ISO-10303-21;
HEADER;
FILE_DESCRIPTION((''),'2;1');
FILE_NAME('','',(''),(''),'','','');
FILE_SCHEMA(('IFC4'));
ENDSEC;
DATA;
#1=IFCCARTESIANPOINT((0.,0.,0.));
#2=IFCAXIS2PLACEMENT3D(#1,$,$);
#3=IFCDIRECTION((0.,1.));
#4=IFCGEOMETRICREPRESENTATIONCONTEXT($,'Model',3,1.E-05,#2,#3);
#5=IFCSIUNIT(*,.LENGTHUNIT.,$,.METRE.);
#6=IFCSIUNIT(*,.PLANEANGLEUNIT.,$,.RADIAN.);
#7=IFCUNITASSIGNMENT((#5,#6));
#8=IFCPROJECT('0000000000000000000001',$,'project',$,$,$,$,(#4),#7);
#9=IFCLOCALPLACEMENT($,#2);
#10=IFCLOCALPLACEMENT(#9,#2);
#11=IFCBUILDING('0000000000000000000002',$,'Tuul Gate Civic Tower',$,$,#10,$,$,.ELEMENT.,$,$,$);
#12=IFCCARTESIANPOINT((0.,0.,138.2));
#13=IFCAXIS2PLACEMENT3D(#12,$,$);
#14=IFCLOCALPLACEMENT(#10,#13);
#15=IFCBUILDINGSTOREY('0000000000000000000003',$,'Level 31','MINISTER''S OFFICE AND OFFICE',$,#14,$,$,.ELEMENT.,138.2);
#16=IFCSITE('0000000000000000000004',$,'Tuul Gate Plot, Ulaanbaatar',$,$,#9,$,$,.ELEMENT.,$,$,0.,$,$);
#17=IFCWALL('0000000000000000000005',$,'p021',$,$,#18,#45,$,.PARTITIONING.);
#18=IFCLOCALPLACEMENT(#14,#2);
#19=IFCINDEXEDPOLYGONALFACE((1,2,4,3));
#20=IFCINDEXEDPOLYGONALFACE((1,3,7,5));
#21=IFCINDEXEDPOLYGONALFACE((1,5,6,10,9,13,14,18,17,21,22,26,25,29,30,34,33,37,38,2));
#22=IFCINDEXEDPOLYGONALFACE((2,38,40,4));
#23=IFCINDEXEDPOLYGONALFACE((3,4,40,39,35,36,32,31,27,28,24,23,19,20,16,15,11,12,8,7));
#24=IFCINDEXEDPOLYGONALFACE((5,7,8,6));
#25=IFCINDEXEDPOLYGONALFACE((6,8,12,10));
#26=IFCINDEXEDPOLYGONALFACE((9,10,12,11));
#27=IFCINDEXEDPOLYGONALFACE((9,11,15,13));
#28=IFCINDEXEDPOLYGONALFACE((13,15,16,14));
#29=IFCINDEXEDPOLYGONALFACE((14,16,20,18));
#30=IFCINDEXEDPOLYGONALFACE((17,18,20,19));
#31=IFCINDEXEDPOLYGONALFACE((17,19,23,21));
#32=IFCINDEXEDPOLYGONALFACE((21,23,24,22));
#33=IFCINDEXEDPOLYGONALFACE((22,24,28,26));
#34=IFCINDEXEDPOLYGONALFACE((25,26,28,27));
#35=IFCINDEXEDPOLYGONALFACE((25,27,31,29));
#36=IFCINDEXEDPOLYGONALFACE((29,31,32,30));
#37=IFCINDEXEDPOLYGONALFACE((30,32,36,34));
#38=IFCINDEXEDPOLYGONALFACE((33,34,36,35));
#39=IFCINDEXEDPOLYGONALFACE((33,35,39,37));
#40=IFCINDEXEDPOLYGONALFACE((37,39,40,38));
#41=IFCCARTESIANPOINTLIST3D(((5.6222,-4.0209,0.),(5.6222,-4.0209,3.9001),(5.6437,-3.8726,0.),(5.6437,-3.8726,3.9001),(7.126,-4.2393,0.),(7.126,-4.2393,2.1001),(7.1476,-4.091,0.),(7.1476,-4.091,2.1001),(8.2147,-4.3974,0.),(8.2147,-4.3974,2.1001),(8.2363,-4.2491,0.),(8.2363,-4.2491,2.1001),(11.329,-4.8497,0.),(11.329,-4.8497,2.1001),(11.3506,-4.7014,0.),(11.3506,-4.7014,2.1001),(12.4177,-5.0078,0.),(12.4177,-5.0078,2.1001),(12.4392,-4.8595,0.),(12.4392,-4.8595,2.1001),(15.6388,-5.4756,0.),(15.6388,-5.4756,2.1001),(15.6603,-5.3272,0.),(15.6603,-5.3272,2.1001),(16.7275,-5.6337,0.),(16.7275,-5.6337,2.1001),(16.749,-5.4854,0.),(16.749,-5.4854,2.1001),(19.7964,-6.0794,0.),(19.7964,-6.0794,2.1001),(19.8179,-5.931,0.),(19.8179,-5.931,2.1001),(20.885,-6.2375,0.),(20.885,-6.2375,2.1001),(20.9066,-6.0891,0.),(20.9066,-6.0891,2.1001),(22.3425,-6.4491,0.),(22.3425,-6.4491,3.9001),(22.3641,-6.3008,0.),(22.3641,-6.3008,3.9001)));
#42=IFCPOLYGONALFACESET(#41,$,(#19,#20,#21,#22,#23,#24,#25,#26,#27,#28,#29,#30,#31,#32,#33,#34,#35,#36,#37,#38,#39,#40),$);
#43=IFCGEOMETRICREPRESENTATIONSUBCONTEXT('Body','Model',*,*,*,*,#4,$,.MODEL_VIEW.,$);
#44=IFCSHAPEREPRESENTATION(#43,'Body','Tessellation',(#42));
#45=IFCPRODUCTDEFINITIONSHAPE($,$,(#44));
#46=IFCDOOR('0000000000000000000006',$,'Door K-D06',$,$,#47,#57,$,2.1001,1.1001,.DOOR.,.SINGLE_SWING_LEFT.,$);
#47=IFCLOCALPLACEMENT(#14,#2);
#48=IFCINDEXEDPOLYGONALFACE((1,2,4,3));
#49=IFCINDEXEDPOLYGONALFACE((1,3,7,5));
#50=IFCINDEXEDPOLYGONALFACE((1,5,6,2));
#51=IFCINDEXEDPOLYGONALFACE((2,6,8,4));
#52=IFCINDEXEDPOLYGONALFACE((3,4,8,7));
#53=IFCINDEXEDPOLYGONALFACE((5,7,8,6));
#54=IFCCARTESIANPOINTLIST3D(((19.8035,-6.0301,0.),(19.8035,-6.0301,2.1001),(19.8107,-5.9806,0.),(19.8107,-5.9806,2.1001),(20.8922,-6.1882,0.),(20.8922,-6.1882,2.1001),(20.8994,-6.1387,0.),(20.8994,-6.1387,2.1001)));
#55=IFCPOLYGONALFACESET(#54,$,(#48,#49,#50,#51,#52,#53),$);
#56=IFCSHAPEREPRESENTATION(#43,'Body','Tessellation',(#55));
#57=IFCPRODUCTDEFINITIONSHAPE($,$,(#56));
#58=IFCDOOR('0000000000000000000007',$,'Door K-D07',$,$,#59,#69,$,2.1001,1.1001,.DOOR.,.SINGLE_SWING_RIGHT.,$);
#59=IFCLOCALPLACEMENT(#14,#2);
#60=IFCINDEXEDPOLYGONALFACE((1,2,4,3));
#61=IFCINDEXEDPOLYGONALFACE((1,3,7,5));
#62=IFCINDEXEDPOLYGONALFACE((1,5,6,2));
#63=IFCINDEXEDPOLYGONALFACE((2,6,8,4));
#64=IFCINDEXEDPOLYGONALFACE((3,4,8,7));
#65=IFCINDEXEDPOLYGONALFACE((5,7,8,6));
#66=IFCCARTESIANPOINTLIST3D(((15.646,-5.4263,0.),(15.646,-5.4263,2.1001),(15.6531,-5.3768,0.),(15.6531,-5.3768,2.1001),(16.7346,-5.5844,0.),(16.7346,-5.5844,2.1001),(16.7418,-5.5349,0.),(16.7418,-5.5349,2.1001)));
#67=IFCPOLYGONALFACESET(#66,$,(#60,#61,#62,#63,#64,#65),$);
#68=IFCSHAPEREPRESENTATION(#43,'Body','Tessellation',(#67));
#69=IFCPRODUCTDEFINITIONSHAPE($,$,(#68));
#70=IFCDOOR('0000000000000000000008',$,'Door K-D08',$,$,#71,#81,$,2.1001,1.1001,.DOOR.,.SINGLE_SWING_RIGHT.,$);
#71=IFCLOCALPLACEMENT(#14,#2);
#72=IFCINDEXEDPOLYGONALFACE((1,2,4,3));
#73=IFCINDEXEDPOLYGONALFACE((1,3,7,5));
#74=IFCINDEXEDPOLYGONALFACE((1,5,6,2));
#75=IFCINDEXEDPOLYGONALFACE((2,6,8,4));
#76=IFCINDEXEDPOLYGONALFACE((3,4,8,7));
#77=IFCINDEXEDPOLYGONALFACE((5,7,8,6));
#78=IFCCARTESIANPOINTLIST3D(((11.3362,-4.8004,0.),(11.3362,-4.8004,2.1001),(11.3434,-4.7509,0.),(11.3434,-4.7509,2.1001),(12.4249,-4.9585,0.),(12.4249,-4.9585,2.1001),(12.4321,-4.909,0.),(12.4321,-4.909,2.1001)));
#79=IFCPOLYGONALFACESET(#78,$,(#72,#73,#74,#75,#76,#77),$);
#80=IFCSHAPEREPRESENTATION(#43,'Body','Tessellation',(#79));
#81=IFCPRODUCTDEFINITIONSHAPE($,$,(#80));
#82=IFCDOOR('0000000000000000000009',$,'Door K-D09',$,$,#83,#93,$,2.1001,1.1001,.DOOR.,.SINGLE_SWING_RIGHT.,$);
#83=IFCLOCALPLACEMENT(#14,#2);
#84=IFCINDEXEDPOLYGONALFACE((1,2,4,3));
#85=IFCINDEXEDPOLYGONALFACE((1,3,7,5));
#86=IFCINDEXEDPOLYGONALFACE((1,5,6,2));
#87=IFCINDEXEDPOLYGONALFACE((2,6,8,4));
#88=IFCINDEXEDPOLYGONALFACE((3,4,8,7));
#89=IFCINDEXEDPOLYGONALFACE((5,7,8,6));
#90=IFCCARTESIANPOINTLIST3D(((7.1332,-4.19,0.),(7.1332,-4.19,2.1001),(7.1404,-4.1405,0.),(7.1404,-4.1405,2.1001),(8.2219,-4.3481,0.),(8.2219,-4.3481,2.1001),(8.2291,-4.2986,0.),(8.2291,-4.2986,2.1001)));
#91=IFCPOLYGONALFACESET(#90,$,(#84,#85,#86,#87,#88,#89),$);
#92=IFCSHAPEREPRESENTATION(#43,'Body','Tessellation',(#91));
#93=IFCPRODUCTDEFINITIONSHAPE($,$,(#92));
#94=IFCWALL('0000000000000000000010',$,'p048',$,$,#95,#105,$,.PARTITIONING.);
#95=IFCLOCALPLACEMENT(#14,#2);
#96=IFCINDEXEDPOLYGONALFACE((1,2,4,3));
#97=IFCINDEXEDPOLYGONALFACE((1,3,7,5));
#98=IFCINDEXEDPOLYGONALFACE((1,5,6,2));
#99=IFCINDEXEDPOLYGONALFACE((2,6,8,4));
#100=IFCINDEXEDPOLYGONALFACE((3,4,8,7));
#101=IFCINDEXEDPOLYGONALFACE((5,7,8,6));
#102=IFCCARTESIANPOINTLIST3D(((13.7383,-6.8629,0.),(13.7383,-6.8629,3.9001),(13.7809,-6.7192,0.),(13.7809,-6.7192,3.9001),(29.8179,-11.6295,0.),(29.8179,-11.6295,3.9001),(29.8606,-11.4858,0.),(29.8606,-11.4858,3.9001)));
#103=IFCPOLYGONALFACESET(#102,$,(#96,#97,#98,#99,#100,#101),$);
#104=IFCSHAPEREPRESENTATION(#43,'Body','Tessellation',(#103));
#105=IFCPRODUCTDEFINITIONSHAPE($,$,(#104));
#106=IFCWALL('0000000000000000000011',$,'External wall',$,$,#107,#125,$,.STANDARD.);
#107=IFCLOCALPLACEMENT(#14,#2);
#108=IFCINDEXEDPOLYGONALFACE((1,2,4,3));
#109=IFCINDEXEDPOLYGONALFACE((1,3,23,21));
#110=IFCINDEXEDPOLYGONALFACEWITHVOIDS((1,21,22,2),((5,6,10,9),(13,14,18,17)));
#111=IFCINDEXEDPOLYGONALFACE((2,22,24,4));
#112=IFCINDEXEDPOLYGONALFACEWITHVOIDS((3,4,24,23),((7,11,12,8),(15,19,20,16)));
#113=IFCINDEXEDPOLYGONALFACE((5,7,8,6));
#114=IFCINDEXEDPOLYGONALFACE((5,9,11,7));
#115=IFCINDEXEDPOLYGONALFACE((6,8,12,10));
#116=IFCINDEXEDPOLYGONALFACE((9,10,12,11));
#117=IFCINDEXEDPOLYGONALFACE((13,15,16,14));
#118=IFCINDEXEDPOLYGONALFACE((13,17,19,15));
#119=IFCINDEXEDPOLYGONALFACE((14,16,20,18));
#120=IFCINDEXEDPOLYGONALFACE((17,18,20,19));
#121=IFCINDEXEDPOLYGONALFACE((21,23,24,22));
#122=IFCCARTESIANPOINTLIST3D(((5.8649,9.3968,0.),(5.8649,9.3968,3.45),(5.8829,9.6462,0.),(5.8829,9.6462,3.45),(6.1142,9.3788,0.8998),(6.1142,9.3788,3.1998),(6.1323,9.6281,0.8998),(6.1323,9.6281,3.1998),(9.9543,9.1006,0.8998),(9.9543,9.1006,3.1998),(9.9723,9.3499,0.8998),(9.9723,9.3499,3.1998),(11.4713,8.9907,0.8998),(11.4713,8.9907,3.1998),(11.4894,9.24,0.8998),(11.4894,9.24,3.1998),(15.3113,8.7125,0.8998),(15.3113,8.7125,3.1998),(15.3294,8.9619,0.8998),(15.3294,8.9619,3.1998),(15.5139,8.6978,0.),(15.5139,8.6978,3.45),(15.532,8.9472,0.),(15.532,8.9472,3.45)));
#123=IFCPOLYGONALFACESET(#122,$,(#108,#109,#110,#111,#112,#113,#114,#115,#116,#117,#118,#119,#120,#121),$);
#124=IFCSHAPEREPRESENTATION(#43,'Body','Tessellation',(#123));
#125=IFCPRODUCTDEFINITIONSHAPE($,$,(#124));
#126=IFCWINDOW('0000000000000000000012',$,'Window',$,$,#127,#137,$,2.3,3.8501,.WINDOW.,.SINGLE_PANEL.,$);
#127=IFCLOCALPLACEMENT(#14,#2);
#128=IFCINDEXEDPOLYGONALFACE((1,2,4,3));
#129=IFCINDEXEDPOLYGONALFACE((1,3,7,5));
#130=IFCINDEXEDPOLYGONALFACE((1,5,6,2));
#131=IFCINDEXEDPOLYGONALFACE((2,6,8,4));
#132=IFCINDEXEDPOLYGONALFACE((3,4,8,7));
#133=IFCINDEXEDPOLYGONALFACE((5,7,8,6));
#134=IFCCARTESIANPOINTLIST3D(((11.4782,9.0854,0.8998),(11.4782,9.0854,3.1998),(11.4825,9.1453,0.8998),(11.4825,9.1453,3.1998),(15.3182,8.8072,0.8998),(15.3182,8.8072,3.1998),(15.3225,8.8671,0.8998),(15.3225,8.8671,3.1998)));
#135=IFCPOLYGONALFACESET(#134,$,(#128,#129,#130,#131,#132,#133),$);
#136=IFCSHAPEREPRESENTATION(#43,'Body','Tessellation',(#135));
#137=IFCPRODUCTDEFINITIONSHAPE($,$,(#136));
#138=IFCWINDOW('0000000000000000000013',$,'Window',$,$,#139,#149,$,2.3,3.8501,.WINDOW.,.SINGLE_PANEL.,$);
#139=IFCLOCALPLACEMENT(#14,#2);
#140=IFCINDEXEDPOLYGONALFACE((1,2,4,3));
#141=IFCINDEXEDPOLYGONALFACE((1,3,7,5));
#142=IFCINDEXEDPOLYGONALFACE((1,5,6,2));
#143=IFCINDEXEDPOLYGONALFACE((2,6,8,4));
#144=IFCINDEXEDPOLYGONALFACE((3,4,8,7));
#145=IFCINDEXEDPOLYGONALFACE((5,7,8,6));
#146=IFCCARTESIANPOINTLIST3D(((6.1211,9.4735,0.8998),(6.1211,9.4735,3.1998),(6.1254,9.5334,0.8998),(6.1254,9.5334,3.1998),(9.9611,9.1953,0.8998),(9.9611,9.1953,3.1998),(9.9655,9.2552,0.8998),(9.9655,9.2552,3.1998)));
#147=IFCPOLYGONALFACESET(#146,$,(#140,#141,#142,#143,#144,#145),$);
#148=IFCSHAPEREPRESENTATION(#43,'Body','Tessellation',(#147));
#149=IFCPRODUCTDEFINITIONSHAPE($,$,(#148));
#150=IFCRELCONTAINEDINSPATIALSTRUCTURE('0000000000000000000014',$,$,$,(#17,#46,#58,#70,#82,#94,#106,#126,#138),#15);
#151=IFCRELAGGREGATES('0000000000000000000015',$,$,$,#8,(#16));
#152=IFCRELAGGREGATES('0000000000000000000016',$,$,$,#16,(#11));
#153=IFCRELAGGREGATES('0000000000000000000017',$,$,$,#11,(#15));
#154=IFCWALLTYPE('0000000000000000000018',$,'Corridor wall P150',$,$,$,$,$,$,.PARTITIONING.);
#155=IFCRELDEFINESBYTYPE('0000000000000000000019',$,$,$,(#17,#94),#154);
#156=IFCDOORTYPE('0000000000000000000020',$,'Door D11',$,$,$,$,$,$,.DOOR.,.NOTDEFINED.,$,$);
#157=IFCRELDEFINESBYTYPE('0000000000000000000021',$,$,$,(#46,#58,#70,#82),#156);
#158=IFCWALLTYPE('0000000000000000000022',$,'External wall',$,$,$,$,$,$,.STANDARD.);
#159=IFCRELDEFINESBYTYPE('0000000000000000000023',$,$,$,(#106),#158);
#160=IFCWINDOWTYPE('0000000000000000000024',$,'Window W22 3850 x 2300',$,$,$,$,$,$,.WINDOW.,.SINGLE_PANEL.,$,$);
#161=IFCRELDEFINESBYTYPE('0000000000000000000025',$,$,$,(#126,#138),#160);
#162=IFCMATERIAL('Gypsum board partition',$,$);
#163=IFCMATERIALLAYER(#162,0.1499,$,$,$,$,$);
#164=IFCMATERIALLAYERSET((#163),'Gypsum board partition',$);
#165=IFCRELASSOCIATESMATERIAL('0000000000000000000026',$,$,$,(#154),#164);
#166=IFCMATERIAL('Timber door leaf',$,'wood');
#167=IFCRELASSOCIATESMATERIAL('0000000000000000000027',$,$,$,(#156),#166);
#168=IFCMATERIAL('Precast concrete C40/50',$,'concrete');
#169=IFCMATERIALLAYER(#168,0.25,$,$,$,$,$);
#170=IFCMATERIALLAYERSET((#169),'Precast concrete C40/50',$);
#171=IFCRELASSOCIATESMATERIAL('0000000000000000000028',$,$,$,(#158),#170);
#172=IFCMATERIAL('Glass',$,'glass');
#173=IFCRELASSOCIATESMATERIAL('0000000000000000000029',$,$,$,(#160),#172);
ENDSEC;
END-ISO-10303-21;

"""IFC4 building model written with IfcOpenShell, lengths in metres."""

from ifc_helpers import new_model, si_unit, direction, frame, frame_2d, origin, place, context, subcontext, project, spatial, rectangle, extrude, material, layer, layer_set, type_object, element, fill, save


model = new_model("IFC4")

# Units and contexts
model_context = context("Model", 3, precision=1e-05, world=origin(), true_north=direction((0.0, 1.0)))
body_context = subcontext(model_context, "Body", "Model", "MODEL_VIEW")
ifc_project = project(units=[si_unit("LENGTHUNIT", "METRE"), si_unit("PLANEANGLEUNIT", "RADIAN")], contexts=[model_context])

# Site, building, storey
site_placement = place(None, origin())
site = spatial("IfcSite", under=ifc_project, at=site_placement, Name="Tuul Gate Plot, Ulaanbaatar", CompositionType="ELEMENT", RefElevation=0.0)
building_placement = place(site_placement, origin())
building = spatial("IfcBuilding", under=site, at=building_placement, Name="Tuul Gate Civic Tower", CompositionType="ELEMENT")
storey_placement = place(building_placement, frame((0.0, 0.0, 138.2)))
storey = spatial("IfcBuildingStorey", under=building, at=storey_placement, Name="Level 31", Description="MINISTER'S OFFICE AND OFFICE", CompositionType="ELEMENT", Elevation=138.2)

# Shared definitions
ifc_material_1 = material(Name="Gypsum board partition")
ifc_layer_1 = layer(ifc_material_1, 0.1499)
ifc_layer_set_1 = layer_set([ifc_layer_1], Name="Gypsum board partition")
wall_type_1 = type_object("IfcWallType", Name="Corridor wall P150", PredefinedType="PARTITIONING", material=ifc_layer_set_1)

# Wall, openings, doors
wall_1_placement = place(storey_placement, frame((5.6331, -3.9468, 0.0), z_axis=(0.0, 0.0, 1.0), x_axis=(0.989619, -0.143717, 0.0)))
wall_1 = element("IfcWall", 1, at=wall_1_placement, inside=storey, type_object=wall_type_1, Name="p021", PredefinedType="PARTITIONING", context=body_context, shape_type="SweptSolid", body=[
    extrude(rectangle(XDim=16.8958, YDim=0.1499, at=frame_2d((8.4478, 0.0))), origin(), (0.0, 0.0, 1.0), 3.9001),
])
opening_1_placement = place(wall_1_placement, frame((14.3228, 0.0, 0.0)))
opening_1 = element("IfcOpeningElement", 2, at=opening_1_placement, cuts=wall_1, PredefinedType="OPENING", context=body_context, shape_type="SweptSolid", body=[
    extrude(rectangle(XDim=1.1001, YDim=2.1001, at=frame_2d((0.55, 1.05))), frame((0.0, 0.085, 0.0), z_axis=(0.0, -1.0, 0.0), x_axis=(1.0, 0.0, 0.0)), (0.0, 0.0, 1.0), 0.1699),
])
opening_2_placement = place(wall_1_placement, frame((10.1216, 0.0, 0.0)))
opening_2 = element("IfcOpeningElement", 3, at=opening_2_placement, cuts=wall_1, PredefinedType="OPENING", context=body_context, shape_type="SweptSolid", body=[
    extrude(rectangle(XDim=1.1001, YDim=2.1001, at=frame_2d((0.55, 1.05))), frame((0.0, 0.085, 0.0), z_axis=(0.0, -1.0, 0.0), x_axis=(1.0, 0.0, 0.0)), (0.0, 0.0, 1.0), 0.1699),
])
opening_3_placement = place(wall_1_placement, frame((5.7666, 0.0, 0.0)))
opening_3 = element("IfcOpeningElement", 4, at=opening_3_placement, cuts=wall_1, PredefinedType="OPENING", context=body_context, shape_type="SweptSolid", body=[
    extrude(rectangle(XDim=1.1001, YDim=2.1001, at=frame_2d((0.55, 1.05))), frame((0.0, 0.085, 0.0), z_axis=(0.0, -1.0, 0.0), x_axis=(1.0, 0.0, 0.0)), (0.0, 0.0, 1.0), 0.1699),
])
opening_4_placement = place(wall_1_placement, frame((1.5195, 0.0, 0.0)))
opening_4 = element("IfcOpeningElement", 5, at=opening_4_placement, cuts=wall_1, PredefinedType="OPENING", context=body_context, shape_type="SweptSolid", body=[
    extrude(rectangle(XDim=1.1001, YDim=2.1001, at=frame_2d((0.55, 1.05))), frame((0.0, 0.085, 0.0), z_axis=(0.0, -1.0, 0.0), x_axis=(1.0, 0.0, 0.0)), (0.0, 0.0, 1.0), 0.1699),
])
ifc_material_2 = material(Name="Timber door leaf", Category="wood")
door_type = type_object("IfcDoorType", Name="Door D11", OperationType="NOTDEFINED", PredefinedType="DOOR", material=ifc_material_2)
door_1_placement = place(opening_1_placement, origin())
door_1 = element("IfcDoor", 6, at=door_1_placement, inside=storey, type_object=door_type, Name="Door K-D06", OperationType="SINGLE_SWING_LEFT", OverallHeight=2.1001, OverallWidth=1.1001, PredefinedType="DOOR", context=body_context, shape_type="SweptSolid", body=[
    extrude(rectangle(XDim=1.1001, YDim=2.1001, at=frame_2d((0.55, 1.05))), frame((0.0, 0.0249, 0.0), z_axis=(0.0, -1.0, 0.0), x_axis=(1.0, 0.0, 0.0)), (0.0, 0.0, 1.0), 0.05),
])
fill(opening_1, door_1)
door_2_placement = place(opening_2_placement, origin())
door_2 = element("IfcDoor", 7, at=door_2_placement, inside=storey, type_object=door_type, Name="Door K-D07", OperationType="SINGLE_SWING_RIGHT", OverallHeight=2.1001, OverallWidth=1.1001, PredefinedType="DOOR", context=body_context, shape_type="SweptSolid", body=[
    extrude(rectangle(XDim=1.1001, YDim=2.1001, at=frame_2d((0.55, 1.05))), frame((0.0, 0.0249, 0.0), z_axis=(0.0, -1.0, 0.0), x_axis=(1.0, 0.0, 0.0)), (0.0, 0.0, 1.0), 0.05),
])
fill(opening_2, door_2)
door_3_placement = place(opening_3_placement, origin())
door_3 = element("IfcDoor", 8, at=door_3_placement, inside=storey, type_object=door_type, Name="Door K-D08", OperationType="SINGLE_SWING_RIGHT", OverallHeight=2.1001, OverallWidth=1.1001, PredefinedType="DOOR", context=body_context, shape_type="SweptSolid", body=[
    extrude(rectangle(XDim=1.1001, YDim=2.1001, at=frame_2d((0.55, 1.05))), frame((0.0, 0.0249, 0.0), z_axis=(0.0, -1.0, 0.0), x_axis=(1.0, 0.0, 0.0)), (0.0, 0.0, 1.0), 0.05),
])
fill(opening_3, door_3)
door_4_placement = place(opening_4_placement, origin())
door_4 = element("IfcDoor", 9, at=door_4_placement, inside=storey, type_object=door_type, Name="Door K-D09", OperationType="SINGLE_SWING_RIGHT", OverallHeight=2.1001, OverallWidth=1.1001, PredefinedType="DOOR", context=body_context, shape_type="SweptSolid", body=[
    extrude(rectangle(XDim=1.1001, YDim=2.1001, at=frame_2d((0.55, 1.05))), frame((0.0, 0.0249, 0.0), z_axis=(0.0, -1.0, 0.0), x_axis=(1.0, 0.0, 0.0)), (0.0, 0.0, 1.0), 0.05),
])
fill(opening_4, door_4)

# Wall
wall_2_placement = place(storey_placement, frame((13.7595, -6.791, 0.0), z_axis=(0.0, 0.0, 1.0), x_axis=(0.958761, -0.284213, 0.0)))
element("IfcWall", 10, at=wall_2_placement, inside=storey, type_object=wall_type_1, Name="p048", PredefinedType="PARTITIONING", context=body_context, shape_type="SweptSolid", body=[
    extrude(rectangle(XDim=16.7712, YDim=0.1499, at=frame_2d((8.3857, 0.0))), origin(), (0.0, 0.0, 1.0), 3.9001),
])

# Wall, openings, windows
ifc_material_3 = material(Name="Precast concrete C40/50", Category="concrete")
ifc_layer_2 = layer(ifc_material_3, 0.25)
ifc_layer_set_2 = layer_set([ifc_layer_2], Name="Precast concrete C40/50")
wall_type_2 = type_object("IfcWallType", Name="External wall", PredefinedType="STANDARD", material=ifc_layer_set_2)
wall_3_placement = place(storey_placement, frame((15.5229, 8.8225, 0.0), z_axis=(0.0, 0.0, 1.0), x_axis=(-0.997386, 0.072251, 0.0)))
wall_3 = element("IfcWall", 11, at=wall_3_placement, inside=storey, type_object=wall_type_2, Name="External wall", PredefinedType="STANDARD", context=body_context, shape_type="SweptSolid", body=[
    extrude(rectangle(XDim=9.6743, YDim=0.25, at=frame_2d((4.8372, 0.0))), origin(), (0.0, 0.0, 1.0), 3.45),
])
opening_5_placement = place(wall_3_placement, frame((0.2031, 0.0, 0.8999)))
opening_5 = element("IfcOpeningElement", 12, at=opening_5_placement, cuts=wall_3, PredefinedType="OPENING", context=body_context, shape_type="SweptSolid", body=[
    extrude(rectangle(XDim=3.8501, YDim=2.3, at=frame_2d((1.925, 1.1499))), frame((0.0, 0.135, 0.0), z_axis=(0.0, -1.0, 0.0), x_axis=(1.0, 0.0, 0.0)), (0.0, 0.0, 1.0), 0.27),
])
opening_6_placement = place(wall_3_placement, frame((5.5742, 0.0, 0.8999)))
opening_6 = element("IfcOpeningElement", 13, at=opening_6_placement, cuts=wall_3, PredefinedType="OPENING", context=body_context, shape_type="SweptSolid", body=[
    extrude(rectangle(XDim=3.8501, YDim=2.3, at=frame_2d((1.925, 1.1499))), frame((0.0, 0.135, 0.0), z_axis=(0.0, -1.0, 0.0), x_axis=(1.0, 0.0, 0.0)), (0.0, 0.0, 1.0), 0.27),
])
ifc_material_4 = material(Name="Glass", Category="glass")
window_type = type_object("IfcWindowType", Name="Window W22 3850 x 2300", PartitioningType="SINGLE_PANEL", PredefinedType="WINDOW", material=ifc_material_4)
window_1_placement = place(opening_5_placement, origin())
window_1 = element("IfcWindow", 14, at=window_1_placement, inside=storey, type_object=window_type, Name="Window", OverallHeight=2.3, OverallWidth=3.8501, PartitioningType="SINGLE_PANEL", PredefinedType="WINDOW", context=body_context, shape_type="SweptSolid", body=[
    extrude(rectangle(XDim=3.8501, YDim=2.3, at=frame_2d((1.925, 1.1499))), frame((0.0, 0.03, 0.0), z_axis=(0.0, -1.0, 0.0), x_axis=(1.0, 0.0, 0.0)), (0.0, 0.0, 1.0), 0.0601),
])
fill(opening_5, window_1)
window_2_placement = place(opening_6_placement, origin())
window_2 = element("IfcWindow", 15, at=window_2_placement, inside=storey, type_object=window_type, Name="Window", OverallHeight=2.3, OverallWidth=3.8501, PartitioningType="SINGLE_PANEL", PredefinedType="WINDOW", context=body_context, shape_type="SweptSolid", body=[
    extrude(rectangle(XDim=3.8501, YDim=2.3, at=frame_2d((1.925, 1.1499))), frame((0.0, 0.03, 0.0), z_axis=(0.0, -1.0, 0.0), x_axis=(1.0, 0.0, 0.0)), (0.0, 0.0, 1.0), 0.0601),
])
fill(opening_6, window_2)

save(model, "model.ifc")
